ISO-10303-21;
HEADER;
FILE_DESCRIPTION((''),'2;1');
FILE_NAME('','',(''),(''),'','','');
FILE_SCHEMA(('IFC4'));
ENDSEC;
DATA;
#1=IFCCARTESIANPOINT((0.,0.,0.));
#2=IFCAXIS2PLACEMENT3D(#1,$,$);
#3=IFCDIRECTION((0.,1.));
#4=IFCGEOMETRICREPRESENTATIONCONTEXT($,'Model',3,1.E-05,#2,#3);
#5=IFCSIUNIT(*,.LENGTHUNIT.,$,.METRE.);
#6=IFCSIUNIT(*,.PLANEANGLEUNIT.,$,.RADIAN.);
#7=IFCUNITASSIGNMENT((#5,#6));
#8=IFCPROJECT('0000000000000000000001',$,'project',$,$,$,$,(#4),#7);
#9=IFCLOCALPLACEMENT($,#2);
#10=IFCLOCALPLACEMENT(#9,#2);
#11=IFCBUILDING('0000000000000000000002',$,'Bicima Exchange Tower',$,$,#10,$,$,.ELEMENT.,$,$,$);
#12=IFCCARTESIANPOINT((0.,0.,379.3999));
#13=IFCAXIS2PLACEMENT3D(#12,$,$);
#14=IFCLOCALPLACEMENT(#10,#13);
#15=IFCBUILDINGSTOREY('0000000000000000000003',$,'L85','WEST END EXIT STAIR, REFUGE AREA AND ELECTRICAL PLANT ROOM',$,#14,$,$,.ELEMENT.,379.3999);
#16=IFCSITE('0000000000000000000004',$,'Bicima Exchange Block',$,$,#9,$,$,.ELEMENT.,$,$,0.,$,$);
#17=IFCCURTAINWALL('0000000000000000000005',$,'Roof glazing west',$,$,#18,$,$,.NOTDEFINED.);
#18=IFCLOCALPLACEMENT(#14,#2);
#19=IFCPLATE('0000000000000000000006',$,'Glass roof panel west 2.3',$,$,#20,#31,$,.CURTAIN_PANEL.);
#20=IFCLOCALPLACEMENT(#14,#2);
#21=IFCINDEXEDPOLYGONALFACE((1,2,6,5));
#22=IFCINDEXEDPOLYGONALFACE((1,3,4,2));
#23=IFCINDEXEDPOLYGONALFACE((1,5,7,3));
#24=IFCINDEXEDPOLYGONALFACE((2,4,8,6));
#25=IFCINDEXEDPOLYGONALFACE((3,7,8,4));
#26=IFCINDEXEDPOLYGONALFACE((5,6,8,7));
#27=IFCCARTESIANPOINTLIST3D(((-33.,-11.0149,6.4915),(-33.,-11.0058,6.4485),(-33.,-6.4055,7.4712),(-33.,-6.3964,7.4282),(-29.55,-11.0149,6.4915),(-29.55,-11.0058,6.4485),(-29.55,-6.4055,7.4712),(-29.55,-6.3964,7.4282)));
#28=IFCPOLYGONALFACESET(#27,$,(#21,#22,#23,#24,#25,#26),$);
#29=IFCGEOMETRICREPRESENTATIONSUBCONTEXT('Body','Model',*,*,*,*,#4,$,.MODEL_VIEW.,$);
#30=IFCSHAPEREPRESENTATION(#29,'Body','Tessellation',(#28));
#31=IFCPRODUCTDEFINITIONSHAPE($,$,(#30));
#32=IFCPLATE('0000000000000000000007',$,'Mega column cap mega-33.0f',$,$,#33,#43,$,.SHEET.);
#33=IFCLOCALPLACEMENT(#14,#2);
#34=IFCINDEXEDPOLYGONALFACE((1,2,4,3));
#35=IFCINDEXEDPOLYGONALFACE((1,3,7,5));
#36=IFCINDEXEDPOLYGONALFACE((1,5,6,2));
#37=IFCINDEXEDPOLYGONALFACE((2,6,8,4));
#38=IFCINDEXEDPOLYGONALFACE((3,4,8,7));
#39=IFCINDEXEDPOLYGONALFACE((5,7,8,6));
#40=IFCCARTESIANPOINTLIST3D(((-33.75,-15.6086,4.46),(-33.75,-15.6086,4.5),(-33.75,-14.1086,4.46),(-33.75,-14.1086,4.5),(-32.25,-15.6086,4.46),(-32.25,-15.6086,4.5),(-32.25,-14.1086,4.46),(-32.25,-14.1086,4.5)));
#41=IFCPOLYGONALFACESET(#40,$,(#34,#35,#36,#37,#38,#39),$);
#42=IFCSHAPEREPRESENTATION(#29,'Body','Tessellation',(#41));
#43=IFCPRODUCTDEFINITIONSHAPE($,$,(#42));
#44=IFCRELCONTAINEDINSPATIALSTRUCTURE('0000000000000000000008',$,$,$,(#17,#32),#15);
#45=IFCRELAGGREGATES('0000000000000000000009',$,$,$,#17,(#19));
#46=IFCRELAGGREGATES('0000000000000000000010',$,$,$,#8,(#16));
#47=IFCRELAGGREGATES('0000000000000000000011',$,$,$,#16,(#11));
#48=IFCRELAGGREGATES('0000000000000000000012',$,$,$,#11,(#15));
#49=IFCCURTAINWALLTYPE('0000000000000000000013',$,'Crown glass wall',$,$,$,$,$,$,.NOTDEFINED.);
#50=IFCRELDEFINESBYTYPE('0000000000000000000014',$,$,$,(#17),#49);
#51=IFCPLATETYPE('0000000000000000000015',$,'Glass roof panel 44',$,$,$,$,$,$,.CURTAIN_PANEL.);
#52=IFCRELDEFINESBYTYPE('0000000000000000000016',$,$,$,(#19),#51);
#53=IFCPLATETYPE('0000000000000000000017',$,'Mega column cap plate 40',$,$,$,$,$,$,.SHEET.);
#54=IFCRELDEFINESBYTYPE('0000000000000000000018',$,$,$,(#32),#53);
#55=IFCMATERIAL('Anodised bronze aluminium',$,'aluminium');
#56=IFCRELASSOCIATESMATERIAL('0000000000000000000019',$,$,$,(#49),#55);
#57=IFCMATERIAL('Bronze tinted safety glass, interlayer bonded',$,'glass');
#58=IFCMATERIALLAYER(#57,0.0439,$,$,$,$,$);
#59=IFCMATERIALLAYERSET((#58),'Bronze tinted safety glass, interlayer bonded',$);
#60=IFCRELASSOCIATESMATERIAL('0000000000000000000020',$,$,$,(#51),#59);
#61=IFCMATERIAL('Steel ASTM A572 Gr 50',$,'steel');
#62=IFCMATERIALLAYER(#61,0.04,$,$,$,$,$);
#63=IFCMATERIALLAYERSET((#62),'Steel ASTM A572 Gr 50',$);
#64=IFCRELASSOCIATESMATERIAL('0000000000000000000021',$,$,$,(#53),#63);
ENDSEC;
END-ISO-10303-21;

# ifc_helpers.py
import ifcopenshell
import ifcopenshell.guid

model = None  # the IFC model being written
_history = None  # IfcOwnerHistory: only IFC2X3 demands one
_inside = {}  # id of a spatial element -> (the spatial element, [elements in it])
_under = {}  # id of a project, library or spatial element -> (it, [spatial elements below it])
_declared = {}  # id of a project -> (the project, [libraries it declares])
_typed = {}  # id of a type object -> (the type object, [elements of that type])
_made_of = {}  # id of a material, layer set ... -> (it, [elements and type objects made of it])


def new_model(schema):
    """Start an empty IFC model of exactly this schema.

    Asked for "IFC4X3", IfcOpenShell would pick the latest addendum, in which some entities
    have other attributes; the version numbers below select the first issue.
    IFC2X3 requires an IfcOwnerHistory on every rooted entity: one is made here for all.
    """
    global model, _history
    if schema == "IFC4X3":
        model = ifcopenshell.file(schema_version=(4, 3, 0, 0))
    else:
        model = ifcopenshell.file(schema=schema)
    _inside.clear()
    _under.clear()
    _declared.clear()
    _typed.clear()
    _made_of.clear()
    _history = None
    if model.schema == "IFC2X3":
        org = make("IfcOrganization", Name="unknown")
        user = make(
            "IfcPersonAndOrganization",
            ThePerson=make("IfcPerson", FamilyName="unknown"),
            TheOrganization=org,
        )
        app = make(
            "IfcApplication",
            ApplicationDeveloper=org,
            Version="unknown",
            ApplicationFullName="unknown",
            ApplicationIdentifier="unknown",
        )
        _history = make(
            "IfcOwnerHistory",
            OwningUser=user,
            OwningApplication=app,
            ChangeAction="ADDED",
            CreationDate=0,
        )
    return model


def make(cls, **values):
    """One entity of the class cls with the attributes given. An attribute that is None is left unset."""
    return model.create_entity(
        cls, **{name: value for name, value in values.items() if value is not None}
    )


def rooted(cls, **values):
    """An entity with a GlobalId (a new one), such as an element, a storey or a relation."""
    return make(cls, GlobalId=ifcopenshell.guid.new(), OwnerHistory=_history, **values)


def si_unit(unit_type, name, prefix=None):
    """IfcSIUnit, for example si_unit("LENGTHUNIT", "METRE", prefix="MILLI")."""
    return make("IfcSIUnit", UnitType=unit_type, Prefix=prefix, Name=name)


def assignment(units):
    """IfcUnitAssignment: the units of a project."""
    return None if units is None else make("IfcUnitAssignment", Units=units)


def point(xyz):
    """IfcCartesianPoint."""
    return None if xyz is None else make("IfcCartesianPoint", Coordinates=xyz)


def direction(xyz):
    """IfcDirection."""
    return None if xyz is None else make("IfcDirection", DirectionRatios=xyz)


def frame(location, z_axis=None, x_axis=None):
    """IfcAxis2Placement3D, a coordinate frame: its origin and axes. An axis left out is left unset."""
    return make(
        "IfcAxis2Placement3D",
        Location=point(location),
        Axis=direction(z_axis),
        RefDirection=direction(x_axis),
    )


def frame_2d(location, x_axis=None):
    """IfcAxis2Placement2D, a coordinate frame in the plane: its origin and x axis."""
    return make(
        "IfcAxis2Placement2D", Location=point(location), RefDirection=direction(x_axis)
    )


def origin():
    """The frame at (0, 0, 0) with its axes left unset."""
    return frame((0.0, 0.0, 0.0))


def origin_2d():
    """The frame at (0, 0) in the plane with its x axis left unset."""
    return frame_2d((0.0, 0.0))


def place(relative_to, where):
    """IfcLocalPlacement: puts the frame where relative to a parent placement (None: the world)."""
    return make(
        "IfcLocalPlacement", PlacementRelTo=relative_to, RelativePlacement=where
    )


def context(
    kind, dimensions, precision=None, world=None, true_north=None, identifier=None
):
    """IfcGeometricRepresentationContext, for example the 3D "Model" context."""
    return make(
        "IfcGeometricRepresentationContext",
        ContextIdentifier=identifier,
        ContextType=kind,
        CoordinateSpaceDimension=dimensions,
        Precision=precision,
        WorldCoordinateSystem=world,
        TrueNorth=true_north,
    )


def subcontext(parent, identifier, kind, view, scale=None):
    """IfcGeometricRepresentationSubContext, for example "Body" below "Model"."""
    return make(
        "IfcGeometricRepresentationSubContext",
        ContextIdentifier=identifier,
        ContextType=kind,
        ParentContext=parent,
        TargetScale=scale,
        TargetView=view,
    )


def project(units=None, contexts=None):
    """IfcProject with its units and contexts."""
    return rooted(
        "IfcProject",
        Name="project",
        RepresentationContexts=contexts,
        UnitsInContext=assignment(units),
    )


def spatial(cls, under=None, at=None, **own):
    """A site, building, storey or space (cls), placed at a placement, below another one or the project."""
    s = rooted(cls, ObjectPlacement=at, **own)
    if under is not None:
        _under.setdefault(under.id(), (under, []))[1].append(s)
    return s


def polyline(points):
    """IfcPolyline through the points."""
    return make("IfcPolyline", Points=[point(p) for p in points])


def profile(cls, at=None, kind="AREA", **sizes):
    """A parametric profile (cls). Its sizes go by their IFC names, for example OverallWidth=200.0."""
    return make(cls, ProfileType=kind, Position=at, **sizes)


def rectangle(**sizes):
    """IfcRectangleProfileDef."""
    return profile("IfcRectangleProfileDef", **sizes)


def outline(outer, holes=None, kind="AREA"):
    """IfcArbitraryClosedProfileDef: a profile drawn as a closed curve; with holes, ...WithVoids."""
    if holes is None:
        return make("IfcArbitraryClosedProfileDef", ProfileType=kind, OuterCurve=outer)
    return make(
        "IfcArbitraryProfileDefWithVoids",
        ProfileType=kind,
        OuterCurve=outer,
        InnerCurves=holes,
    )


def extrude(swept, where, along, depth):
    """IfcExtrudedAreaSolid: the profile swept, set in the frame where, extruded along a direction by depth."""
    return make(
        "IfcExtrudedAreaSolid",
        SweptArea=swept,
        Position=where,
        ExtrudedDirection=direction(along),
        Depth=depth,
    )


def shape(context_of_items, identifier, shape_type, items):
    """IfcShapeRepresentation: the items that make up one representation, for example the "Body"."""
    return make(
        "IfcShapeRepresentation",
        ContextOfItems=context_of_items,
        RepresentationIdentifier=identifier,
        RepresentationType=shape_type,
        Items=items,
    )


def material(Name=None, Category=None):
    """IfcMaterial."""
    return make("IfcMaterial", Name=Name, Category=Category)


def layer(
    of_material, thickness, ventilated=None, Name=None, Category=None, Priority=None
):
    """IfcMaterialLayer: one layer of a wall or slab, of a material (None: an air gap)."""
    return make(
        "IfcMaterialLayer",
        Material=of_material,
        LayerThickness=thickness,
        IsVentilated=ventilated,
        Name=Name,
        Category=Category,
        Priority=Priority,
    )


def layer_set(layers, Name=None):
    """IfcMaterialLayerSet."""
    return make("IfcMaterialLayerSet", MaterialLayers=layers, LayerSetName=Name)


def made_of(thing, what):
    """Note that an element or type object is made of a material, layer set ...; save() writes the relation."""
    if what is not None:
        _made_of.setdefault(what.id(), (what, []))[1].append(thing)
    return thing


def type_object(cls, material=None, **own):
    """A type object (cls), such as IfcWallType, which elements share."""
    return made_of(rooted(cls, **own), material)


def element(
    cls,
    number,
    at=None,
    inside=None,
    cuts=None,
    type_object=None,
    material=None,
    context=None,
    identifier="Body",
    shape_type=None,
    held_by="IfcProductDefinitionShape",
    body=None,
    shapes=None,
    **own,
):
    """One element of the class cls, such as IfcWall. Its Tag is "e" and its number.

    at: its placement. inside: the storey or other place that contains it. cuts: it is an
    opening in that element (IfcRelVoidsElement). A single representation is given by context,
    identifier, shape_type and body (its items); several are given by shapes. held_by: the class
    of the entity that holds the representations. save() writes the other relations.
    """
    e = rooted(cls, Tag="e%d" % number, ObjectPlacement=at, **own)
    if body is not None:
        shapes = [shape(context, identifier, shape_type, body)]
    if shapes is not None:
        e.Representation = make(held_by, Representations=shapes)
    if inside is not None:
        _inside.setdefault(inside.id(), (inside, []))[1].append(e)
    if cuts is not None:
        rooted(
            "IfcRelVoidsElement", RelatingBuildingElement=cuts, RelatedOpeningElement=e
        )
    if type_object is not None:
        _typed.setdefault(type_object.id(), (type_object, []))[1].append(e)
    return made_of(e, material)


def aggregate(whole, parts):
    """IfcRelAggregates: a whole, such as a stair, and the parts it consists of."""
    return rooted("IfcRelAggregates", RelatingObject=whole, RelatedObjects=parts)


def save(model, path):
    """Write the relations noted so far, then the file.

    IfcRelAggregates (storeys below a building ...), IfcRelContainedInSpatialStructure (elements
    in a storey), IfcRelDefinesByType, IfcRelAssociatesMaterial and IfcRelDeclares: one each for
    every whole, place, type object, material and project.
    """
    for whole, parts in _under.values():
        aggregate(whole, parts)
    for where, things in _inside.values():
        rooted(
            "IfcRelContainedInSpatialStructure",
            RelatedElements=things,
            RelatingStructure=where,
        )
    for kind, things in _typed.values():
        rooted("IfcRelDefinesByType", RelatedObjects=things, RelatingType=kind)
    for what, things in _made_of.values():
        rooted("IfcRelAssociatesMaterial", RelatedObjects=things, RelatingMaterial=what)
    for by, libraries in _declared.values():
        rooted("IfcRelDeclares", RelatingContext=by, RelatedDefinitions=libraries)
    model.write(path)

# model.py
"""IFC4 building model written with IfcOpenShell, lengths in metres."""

from ifc_helpers import new_model, si_unit, direction, frame, origin, origin_2d, place, context, subcontext, project, spatial, polyline, rectangle, outline, extrude, material, layer, layer_set, type_object, element, aggregate, save


model = new_model("IFC4")

# Units and contexts
model_context = context("Model", 3, precision=1e-05, world=origin(), true_north=direction((0.0, 1.0)))
body_context = subcontext(model_context, "Body", "Model", "MODEL_VIEW")
ifc_project = project(units=[si_unit("LENGTHUNIT", "METRE"), si_unit("PLANEANGLEUNIT", "RADIAN")], contexts=[model_context])

# Site, building, storey
site_placement = place(None, origin())
site = spatial("IfcSite", under=ifc_project, at=site_placement, Name="Bicima Exchange Block", CompositionType="ELEMENT", RefElevation=0.0)
building_placement = place(site_placement, origin())
building = spatial("IfcBuilding", under=site, at=building_placement, Name="Bicima Exchange Tower", CompositionType="ELEMENT")
storey_placement = place(building_placement, frame((0.0, 0.0, 379.3999)))
storey = spatial("IfcBuildingStorey", under=building, at=storey_placement, Name="L85", Description="WEST END EXIT STAIR, REFUGE AREA AND ELECTRICAL PLANT ROOM", CompositionType="ELEMENT", Elevation=379.3999)

# Shared definitions
ifc_material_1 = material(Name="Steel ASTM A572 Gr 50", Category="steel")

# Shared definitions
ifc_material_2 = material(Name="Anodised bronze aluminium", Category="aluminium")
curtain_wall_type = type_object("IfcCurtainWallType", Name="Crown glass wall", PredefinedType="NOTDEFINED", material=ifc_material_2)

# Curtain wall
curtain_wall_1_placement = place(storey_placement, origin())
curtain_wall_1 = element("IfcCurtainWall", 1, at=curtain_wall_1_placement, inside=storey, type_object=curtain_wall_type, Name="Roof glazing west", PredefinedType="NOTDEFINED")

# Shared definitions
ifc_material_3 = material(Name="Bronze tinted safety glass, interlayer bonded", Category="glass")
ifc_layer_1 = layer(ifc_material_3, 0.0439)
ifc_layer_set_1 = layer_set([ifc_layer_1], Name="Bronze tinted safety glass, interlayer bonded")
plate_type_1 = type_object("IfcPlateType", Name="Glass roof panel 44", PredefinedType="CURTAIN_PANEL", material=ifc_layer_set_1)

# Plates
plate_1_placement = place(storey_placement, frame((-33.0, -11.0149, 6.4915), z_axis=(0.0, -0.207908, 0.978148), x_axis=(0.0, 0.978148, 0.207908)))
plate_1 = element("IfcPlate", 2, at=plate_1_placement, type_object=plate_type_1, Name="Glass roof panel west 2.3", PredefinedType="CURTAIN_PANEL", context=body_context, shape_type="SweptSolid", body=[
    extrude(outline(polyline([(0.0, 0.0), (4.7123, 0.0), (4.7123, -3.45), (0.0, -3.45), (0.0, 0.0)])), origin(), (0.0, 0.0, -1.0), 0.0439),
])
aggregate(curtain_wall_1, [plate_1])
ifc_layer_2 = layer(ifc_material_1, 0.04)
ifc_layer_set_2 = layer_set([ifc_layer_2], Name="Steel ASTM A572 Gr 50")
plate_type_2 = type_object("IfcPlateType", Name="Mega column cap plate 40", PredefinedType="SHEET", material=ifc_layer_set_2)
plate_2_placement = place(storey_placement, frame((-33.0, -14.8586, 4.46), z_axis=(0.0, 0.0, 1.0), x_axis=(1.0, 0.0, 0.0)))
element("IfcPlate", 3, at=plate_2_placement, inside=storey, type_object=plate_type_2, Name="Mega column cap mega-33.0f", PredefinedType="SHEET", context=body_context, shape_type="SweptSolid", body=[
    extrude(rectangle(XDim=1.5, YDim=1.5, at=origin_2d()), origin(), (0.0, 0.0, 1.0), 0.04),
])

save(model, "model.ifc")
